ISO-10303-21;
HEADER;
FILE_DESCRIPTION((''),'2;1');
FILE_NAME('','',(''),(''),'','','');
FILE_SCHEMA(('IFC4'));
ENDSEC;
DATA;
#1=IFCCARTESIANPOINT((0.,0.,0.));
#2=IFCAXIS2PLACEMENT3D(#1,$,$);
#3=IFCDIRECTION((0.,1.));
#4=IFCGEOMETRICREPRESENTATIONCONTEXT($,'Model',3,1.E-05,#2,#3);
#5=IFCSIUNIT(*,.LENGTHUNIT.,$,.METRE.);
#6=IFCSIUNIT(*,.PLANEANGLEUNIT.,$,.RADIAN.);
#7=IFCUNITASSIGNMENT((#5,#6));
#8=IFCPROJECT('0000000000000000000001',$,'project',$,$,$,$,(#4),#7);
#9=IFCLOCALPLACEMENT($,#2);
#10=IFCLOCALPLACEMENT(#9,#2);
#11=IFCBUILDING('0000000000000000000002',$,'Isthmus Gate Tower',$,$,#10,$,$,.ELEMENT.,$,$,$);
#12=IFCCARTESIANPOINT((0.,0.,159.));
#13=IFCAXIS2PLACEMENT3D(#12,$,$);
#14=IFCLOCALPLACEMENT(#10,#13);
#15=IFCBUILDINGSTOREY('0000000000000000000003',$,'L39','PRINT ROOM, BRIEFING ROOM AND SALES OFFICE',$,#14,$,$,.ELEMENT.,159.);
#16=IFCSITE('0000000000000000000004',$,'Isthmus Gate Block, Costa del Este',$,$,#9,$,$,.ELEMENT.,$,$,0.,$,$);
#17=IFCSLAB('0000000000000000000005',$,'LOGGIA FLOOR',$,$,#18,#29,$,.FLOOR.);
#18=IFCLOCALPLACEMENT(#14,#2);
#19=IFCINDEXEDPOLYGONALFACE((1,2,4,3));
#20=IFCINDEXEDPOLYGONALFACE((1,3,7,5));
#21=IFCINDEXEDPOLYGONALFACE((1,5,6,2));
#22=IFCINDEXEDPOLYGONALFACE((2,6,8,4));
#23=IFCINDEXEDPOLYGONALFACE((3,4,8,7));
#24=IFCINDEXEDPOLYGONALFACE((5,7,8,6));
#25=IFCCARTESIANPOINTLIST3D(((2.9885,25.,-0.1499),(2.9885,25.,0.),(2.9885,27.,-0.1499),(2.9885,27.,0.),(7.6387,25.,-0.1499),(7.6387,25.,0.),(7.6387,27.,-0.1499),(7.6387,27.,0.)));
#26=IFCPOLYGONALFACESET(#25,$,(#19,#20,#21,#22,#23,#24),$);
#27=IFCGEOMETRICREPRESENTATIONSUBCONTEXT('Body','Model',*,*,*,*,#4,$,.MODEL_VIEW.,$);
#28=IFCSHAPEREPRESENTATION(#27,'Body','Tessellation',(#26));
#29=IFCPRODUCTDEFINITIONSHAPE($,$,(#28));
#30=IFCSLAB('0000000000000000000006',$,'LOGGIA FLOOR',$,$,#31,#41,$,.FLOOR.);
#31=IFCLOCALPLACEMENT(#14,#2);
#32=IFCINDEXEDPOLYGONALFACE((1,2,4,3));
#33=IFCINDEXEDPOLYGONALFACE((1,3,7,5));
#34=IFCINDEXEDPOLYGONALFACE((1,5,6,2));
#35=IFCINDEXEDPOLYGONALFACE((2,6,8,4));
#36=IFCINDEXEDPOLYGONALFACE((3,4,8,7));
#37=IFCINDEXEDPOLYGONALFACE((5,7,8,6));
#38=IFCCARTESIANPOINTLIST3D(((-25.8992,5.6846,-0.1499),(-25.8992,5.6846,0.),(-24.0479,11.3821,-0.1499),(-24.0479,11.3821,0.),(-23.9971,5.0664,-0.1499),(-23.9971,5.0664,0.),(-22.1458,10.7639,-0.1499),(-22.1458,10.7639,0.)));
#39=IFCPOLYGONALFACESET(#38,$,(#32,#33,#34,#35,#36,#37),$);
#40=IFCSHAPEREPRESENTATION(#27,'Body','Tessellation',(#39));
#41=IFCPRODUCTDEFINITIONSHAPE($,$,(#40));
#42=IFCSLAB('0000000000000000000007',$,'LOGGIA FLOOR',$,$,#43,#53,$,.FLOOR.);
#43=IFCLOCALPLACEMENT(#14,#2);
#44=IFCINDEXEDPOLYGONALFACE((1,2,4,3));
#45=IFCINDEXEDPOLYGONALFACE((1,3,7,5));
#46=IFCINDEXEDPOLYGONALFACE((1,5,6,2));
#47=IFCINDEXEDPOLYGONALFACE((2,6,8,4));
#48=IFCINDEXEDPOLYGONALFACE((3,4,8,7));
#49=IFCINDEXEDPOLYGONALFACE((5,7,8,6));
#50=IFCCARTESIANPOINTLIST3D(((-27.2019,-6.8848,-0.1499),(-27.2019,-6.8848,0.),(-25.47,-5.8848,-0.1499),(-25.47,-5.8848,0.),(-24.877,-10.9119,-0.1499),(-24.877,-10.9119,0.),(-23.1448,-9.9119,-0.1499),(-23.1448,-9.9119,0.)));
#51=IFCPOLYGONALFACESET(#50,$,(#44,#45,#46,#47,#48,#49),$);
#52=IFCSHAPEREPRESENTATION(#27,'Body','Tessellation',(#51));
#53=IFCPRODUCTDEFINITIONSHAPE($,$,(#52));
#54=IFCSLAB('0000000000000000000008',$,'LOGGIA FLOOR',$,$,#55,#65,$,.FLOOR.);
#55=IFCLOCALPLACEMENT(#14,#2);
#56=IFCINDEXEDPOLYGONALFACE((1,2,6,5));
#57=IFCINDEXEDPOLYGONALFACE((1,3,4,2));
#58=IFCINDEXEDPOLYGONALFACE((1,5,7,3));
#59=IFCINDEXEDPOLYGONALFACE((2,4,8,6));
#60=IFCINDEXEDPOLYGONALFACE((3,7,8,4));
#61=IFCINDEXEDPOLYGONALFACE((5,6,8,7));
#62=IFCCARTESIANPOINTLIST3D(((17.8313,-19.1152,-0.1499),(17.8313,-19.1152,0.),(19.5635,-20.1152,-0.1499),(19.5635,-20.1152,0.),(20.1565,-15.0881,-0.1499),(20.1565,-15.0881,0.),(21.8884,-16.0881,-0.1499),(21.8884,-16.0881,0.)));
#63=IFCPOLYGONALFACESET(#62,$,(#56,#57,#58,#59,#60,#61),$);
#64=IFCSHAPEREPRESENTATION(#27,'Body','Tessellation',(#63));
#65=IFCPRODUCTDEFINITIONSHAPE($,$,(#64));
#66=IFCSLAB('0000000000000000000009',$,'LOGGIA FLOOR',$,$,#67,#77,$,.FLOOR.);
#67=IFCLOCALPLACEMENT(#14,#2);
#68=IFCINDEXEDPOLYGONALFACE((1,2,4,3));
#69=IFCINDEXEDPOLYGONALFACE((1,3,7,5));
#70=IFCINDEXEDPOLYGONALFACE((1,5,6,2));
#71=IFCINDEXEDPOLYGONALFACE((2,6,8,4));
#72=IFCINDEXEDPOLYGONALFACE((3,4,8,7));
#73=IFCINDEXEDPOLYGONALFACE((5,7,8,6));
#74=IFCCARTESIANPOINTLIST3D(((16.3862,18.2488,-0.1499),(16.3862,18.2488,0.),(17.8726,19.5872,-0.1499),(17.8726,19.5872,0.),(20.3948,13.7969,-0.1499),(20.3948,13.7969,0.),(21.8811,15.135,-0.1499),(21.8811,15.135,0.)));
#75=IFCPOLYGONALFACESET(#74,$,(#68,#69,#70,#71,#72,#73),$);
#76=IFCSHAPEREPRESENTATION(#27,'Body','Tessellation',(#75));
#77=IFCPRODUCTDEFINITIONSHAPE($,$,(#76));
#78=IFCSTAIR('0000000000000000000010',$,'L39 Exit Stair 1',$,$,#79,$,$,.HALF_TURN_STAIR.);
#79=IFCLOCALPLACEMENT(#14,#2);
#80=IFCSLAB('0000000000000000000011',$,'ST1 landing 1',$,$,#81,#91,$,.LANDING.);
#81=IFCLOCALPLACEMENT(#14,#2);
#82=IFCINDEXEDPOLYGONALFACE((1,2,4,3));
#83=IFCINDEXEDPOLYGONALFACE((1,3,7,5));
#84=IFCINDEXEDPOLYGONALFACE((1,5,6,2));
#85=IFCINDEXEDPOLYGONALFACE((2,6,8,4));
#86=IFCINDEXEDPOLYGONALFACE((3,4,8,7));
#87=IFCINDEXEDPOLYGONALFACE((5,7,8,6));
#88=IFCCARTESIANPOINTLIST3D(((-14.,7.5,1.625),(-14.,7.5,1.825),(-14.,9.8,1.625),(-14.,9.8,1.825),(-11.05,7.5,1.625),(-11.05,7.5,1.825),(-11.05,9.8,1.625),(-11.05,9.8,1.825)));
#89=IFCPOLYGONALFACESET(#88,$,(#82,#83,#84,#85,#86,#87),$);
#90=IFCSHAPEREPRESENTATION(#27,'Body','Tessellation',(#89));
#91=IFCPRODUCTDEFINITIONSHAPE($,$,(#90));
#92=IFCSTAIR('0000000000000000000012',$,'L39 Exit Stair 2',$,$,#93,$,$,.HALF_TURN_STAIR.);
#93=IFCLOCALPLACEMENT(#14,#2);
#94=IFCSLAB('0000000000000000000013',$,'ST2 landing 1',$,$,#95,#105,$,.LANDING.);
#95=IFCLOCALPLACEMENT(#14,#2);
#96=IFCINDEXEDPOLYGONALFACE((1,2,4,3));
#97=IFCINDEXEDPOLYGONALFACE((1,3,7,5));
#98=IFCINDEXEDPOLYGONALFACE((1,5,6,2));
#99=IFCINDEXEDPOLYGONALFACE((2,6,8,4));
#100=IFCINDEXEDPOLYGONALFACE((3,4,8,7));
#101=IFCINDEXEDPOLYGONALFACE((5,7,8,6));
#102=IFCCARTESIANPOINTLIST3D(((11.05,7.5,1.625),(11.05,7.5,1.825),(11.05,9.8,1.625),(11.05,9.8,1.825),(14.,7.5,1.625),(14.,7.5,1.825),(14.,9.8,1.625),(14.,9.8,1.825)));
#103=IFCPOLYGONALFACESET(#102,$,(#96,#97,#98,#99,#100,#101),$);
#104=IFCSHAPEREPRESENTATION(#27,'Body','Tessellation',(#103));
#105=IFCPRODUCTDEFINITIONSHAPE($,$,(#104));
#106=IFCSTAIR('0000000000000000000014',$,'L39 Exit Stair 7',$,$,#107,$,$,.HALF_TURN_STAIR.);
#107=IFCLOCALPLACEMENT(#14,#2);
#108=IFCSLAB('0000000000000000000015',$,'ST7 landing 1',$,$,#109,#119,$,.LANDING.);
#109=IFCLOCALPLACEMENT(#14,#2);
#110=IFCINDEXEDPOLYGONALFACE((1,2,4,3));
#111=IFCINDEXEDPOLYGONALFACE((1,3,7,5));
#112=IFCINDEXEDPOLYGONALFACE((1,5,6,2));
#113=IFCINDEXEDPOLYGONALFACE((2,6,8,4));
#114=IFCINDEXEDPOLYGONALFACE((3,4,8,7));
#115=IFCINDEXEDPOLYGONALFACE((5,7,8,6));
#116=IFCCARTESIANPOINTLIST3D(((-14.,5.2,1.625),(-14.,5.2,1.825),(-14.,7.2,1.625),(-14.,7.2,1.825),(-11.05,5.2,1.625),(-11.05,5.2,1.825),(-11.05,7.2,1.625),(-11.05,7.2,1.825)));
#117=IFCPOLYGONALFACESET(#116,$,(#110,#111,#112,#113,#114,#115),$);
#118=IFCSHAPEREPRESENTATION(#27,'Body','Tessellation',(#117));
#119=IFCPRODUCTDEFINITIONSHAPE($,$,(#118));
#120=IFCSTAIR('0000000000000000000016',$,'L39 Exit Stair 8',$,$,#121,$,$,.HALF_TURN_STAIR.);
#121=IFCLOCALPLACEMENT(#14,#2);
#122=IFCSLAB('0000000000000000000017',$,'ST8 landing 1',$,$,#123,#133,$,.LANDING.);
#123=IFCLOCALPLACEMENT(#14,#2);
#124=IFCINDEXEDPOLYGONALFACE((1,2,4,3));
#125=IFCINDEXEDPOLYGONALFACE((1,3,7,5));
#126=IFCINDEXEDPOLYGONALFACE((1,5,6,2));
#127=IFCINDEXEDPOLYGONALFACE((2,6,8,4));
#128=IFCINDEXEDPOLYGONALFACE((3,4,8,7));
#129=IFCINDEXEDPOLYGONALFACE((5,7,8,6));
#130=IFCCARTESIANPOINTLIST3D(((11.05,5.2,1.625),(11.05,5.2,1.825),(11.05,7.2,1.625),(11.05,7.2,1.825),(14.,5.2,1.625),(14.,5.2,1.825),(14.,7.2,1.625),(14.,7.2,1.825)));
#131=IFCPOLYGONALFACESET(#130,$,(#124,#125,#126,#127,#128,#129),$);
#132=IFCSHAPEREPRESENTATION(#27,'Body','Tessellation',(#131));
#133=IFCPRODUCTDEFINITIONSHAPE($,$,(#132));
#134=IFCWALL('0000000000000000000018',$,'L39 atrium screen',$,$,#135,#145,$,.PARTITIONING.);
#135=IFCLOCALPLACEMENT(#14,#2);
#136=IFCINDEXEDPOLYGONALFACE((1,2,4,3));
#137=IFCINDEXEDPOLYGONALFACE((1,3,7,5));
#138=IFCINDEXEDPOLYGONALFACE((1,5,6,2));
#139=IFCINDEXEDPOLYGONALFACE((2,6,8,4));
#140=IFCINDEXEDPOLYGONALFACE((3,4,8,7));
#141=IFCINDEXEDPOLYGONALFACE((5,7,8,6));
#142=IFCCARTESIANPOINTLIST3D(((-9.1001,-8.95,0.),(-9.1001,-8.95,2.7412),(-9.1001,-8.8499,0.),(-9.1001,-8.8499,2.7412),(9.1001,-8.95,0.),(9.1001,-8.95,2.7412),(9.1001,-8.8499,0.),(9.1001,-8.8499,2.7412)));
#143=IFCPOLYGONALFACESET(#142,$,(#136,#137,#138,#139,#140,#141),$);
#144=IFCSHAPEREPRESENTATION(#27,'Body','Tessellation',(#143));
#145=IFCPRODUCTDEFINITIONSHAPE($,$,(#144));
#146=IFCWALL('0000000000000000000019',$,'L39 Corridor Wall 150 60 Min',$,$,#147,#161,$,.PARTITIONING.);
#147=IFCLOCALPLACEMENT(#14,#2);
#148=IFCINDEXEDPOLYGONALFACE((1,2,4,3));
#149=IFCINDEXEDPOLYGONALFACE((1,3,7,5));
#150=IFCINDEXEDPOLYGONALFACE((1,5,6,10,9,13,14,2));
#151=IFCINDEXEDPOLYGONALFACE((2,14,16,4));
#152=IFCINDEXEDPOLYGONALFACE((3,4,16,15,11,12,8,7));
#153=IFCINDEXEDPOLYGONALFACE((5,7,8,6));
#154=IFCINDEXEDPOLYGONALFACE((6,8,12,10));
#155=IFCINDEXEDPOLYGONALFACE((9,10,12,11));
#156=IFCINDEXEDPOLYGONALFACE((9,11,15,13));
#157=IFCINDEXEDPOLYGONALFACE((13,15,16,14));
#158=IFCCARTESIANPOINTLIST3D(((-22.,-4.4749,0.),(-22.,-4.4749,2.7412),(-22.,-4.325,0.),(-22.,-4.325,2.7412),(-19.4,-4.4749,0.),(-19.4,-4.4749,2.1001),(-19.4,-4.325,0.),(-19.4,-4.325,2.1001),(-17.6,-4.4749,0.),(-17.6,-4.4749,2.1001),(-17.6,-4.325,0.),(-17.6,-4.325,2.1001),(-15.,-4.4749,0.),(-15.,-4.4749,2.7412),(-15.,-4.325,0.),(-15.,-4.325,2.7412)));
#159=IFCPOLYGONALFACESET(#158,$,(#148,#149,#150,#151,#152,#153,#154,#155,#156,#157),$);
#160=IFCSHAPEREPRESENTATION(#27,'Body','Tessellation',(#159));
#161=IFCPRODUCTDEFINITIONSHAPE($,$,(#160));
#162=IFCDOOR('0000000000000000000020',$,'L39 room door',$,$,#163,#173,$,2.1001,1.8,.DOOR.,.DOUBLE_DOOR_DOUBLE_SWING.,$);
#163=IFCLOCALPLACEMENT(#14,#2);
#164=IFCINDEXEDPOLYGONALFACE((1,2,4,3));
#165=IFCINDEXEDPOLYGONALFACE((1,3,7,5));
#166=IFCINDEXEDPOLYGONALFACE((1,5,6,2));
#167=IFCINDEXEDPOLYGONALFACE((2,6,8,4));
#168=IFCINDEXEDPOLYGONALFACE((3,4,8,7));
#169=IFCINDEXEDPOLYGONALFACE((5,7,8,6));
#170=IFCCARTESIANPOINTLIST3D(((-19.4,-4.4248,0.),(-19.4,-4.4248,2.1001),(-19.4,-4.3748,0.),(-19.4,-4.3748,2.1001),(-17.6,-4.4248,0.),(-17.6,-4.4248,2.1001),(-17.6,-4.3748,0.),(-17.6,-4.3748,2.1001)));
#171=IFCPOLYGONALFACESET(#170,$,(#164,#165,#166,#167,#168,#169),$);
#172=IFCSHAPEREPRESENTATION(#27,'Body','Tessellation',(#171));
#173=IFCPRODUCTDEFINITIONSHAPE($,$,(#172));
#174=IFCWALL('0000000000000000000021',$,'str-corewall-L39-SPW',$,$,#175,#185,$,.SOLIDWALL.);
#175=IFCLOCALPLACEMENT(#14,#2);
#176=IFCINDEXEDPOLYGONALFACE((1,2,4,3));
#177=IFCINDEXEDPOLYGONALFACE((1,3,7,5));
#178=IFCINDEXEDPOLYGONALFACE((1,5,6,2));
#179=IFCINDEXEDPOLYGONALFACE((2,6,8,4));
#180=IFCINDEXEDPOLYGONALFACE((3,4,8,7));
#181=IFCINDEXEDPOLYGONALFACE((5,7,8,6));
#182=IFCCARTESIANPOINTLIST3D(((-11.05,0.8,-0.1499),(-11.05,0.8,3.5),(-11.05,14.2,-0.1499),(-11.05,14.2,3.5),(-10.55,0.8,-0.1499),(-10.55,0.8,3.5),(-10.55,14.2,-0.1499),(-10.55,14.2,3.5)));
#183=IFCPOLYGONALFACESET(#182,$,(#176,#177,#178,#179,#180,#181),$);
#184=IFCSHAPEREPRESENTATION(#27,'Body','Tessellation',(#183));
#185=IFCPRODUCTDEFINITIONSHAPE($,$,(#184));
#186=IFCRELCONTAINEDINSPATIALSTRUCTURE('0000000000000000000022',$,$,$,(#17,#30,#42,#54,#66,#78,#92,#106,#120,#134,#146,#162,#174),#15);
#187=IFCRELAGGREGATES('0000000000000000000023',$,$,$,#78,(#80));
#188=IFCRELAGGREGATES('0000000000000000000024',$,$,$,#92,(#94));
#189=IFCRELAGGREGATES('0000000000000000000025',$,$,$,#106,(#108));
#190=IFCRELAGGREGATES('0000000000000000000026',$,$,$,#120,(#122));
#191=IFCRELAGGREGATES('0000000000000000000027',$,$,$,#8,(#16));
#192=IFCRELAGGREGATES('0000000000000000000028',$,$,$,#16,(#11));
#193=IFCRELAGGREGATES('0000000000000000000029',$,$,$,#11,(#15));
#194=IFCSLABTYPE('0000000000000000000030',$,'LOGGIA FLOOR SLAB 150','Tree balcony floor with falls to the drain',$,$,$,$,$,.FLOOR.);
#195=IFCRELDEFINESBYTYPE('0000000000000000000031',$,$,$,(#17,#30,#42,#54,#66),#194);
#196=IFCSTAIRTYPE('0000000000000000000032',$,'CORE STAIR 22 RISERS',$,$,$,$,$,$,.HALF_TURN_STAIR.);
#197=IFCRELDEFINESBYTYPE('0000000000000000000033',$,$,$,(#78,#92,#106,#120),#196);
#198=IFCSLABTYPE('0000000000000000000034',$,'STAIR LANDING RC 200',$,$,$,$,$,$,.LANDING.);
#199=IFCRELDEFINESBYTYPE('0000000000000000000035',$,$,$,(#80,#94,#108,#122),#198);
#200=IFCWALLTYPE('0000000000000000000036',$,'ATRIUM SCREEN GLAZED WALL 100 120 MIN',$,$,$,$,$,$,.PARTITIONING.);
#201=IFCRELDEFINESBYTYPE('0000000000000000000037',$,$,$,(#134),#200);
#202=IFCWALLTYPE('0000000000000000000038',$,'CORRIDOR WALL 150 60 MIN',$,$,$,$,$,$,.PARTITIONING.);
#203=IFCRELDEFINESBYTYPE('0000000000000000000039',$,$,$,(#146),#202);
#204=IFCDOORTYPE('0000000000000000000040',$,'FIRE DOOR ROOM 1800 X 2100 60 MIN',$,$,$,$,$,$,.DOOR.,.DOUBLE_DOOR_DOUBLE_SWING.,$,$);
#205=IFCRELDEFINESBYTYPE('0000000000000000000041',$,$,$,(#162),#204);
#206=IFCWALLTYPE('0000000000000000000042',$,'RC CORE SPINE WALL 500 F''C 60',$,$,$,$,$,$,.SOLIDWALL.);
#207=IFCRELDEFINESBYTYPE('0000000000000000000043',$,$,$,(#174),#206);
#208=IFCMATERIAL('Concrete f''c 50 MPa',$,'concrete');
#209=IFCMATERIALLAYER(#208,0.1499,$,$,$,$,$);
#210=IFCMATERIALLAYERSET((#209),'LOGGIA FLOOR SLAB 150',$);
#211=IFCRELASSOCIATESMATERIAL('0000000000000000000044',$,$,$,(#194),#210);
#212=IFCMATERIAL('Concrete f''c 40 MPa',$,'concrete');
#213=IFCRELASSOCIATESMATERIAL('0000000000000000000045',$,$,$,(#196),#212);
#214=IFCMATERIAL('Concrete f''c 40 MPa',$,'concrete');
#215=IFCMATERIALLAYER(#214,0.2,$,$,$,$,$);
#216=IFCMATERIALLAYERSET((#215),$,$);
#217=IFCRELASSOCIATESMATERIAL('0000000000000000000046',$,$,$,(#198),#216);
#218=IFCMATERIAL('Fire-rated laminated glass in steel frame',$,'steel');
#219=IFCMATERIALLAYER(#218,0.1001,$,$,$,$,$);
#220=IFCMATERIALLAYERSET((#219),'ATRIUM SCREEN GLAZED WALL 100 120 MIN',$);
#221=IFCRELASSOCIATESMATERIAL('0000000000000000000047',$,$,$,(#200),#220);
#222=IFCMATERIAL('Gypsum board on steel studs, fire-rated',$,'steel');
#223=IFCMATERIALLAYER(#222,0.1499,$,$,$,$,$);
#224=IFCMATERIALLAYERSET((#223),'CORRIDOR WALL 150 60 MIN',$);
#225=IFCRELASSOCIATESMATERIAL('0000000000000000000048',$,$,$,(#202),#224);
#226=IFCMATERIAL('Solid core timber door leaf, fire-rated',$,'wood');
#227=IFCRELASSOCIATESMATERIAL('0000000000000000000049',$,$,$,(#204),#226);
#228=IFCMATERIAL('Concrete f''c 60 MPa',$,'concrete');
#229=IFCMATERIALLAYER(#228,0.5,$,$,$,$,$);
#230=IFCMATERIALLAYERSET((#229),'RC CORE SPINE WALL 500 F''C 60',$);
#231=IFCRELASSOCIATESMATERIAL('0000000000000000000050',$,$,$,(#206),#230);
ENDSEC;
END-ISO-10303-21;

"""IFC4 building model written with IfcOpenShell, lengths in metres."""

from ifc_helpers import new_model, si_unit, direction, frame, frame_2d, origin, place, context, subcontext, project, spatial, polyline, rectangle, outline, extrude, material, layer, layer_set, type_object, element, fill, aggregate, save


model = new_model("IFC4")

# Units and contexts
model_context = context("Model", 3, precision=1e-05, world=origin(), true_north=direction((0.0, 1.0)))
body_context = subcontext(model_context, "Body", "Model", "MODEL_VIEW")
ifc_project = project(units=[si_unit("LENGTHUNIT", "METRE"), si_unit("PLANEANGLEUNIT", "RADIAN")], contexts=[model_context])

# Site, building, storey
site_placement = place(None, origin())
site = spatial("IfcSite", under=ifc_project, at=site_placement, Name="Isthmus Gate Block, Costa del Este", CompositionType="ELEMENT", RefElevation=0.0)
building_placement = place(site_placement, origin())
building = spatial("IfcBuilding", under=site, at=building_placement, Name="Isthmus Gate Tower", CompositionType="ELEMENT")
storey_placement = place(building_placement, frame((0.0, 0.0, 159.0)))
storey = spatial("IfcBuildingStorey", under=building, at=storey_placement, Name="L39", Description="PRINT ROOM, BRIEFING ROOM AND SALES OFFICE", CompositionType="ELEMENT", Elevation=159.0)

# Slabs
ifc_material_1 = material(Name="Concrete f'c 50 MPa", Category="concrete")
ifc_layer_1 = layer(ifc_material_1, 0.1499)
ifc_layer_set_1 = layer_set([ifc_layer_1], Name="LOGGIA FLOOR SLAB 150")
slab_type_1 = type_object("IfcSlabType", Name="LOGGIA FLOOR SLAB 150", Description="Tree balcony floor with falls to the drain", PredefinedType="FLOOR", material=ifc_layer_set_1)
slab_1_placement = place(storey_placement, frame((0.0, 0.0, -0.1499)))
element("IfcSlab", 1, at=slab_1_placement, inside=storey, type_object=slab_type_1, Name="LOGGIA FLOOR", PredefinedType="FLOOR", context=body_context, shape_type="SweptSolid", body=[
    extrude(outline(polyline([(7.6387, 27.0), (2.9885, 27.0), (2.9885, 25.0), (7.6387, 25.0), (7.6387, 27.0)])), origin(), (0.0, 0.0, 1.0), 0.1499),
])
slab_2_placement = place(storey_placement, frame((0.0, 0.0, -0.1499)))
element("IfcSlab", 2, at=slab_2_placement, inside=storey, type_object=slab_type_1, Name="LOGGIA FLOOR", PredefinedType="FLOOR", context=body_context, shape_type="SweptSolid", body=[
    extrude(outline(polyline([(-24.0479, 11.3821), (-25.8992, 5.6846), (-23.9971, 5.0664), (-22.1458, 10.7639), (-24.0479, 11.3821)])), origin(), (0.0, 0.0, 1.0), 0.1499),
])
slab_3_placement = place(storey_placement, frame((0.0, 0.0, -0.1499)))
element("IfcSlab", 3, at=slab_3_placement, inside=storey, type_object=slab_type_1, Name="LOGGIA FLOOR", PredefinedType="FLOOR", context=body_context, shape_type="SweptSolid", body=[
    extrude(outline(polyline([(-27.2019, -6.8848), (-24.877, -10.9119), (-23.1448, -9.9119), (-25.47, -5.8848), (-27.2019, -6.8848)])), origin(), (0.0, 0.0, 1.0), 0.1499),
])
slab_4_placement = place(storey_placement, frame((0.0, 0.0, -0.1499)))
element("IfcSlab", 4, at=slab_4_placement, inside=storey, type_object=slab_type_1, Name="LOGGIA FLOOR", PredefinedType="FLOOR", context=body_context, shape_type="SweptSolid", body=[
    extrude(outline(polyline([(19.5635, -20.1152), (21.8884, -16.0881), (20.1565, -15.0881), (17.8313, -19.1152), (19.5635, -20.1152)])), origin(), (0.0, 0.0, 1.0), 0.1499),
])
slab_5_placement = place(storey_placement, frame((0.0, 0.0, -0.1499)))
element("IfcSlab", 5, at=slab_5_placement, inside=storey, type_object=slab_type_1, Name="LOGGIA FLOOR", PredefinedType="FLOOR", context=body_context, shape_type="SweptSolid", body=[
    extrude(outline(polyline([(21.8811, 15.135), (17.8726, 19.5872), (16.3862, 18.2488), (20.3948, 13.7969), (21.8811, 15.135)])), origin(), (0.0, 0.0, 1.0), 0.1499),
])

# Stairs, slabs
ifc_material_2 = material(Name="Concrete f'c 40 MPa", Category="concrete")
stair_type = type_object("IfcStairType", Name="CORE STAIR 22 RISERS", PredefinedType="HALF_TURN_STAIR", material=ifc_material_2)
stair_1_placement = place(storey_placement, origin())
stair_1 = element("IfcStair", 6, at=stair_1_placement, inside=storey, type_object=stair_type, Name="L39 Exit Stair 1", PredefinedType="HALF_TURN_STAIR")
ifc_material_3 = material(Name="Concrete f'c 40 MPa", Category="concrete")
ifc_layer_2 = layer(ifc_material_3, 0.2)
ifc_layer_set_2 = layer_set([ifc_layer_2])
slab_type_2 = type_object("IfcSlabType", Name="STAIR LANDING RC 200", PredefinedType="LANDING", material=ifc_layer_set_2)
slab_6_placement = place(storey_placement, frame((0.0, 0.0, 1.625)))
slab_6 = element("IfcSlab", 7, at=slab_6_placement, type_object=slab_type_2, Name="ST1 landing 1", PredefinedType="LANDING", context=body_context, shape_type="SweptSolid", body=[
    extrude(outline(polyline([(-14.0, 9.8), (-14.0, 7.5), (-11.05, 7.5), (-11.05, 9.8), (-14.0, 9.8)])), origin(), (0.0, 0.0, 1.0), 0.2),
])
aggregate(stair_1, [slab_6])
stair_2_placement = place(storey_placement, origin())
stair_2 = element("IfcStair", 8, at=stair_2_placement, inside=storey, type_object=stair_type, Name="L39 Exit Stair 2", PredefinedType="HALF_TURN_STAIR")
slab_7_placement = place(storey_placement, frame((0.0, 0.0, 1.625)))
slab_7 = element("IfcSlab", 9, at=slab_7_placement, type_object=slab_type_2, Name="ST2 landing 1", PredefinedType="LANDING", context=body_context, shape_type="SweptSolid", body=[
    extrude(outline(polyline([(11.05, 9.8), (11.05, 7.5), (14.0, 7.5), (14.0, 9.8), (11.05, 9.8)])), origin(), (0.0, 0.0, 1.0), 0.2),
])
aggregate(stair_2, [slab_7])
stair_3_placement = place(storey_placement, origin())
stair_3 = element("IfcStair", 10, at=stair_3_placement, inside=storey, type_object=stair_type, Name="L39 Exit Stair 7", PredefinedType="HALF_TURN_STAIR")
slab_8_placement = place(storey_placement, frame((0.0, 0.0, 1.625)))
slab_8 = element("IfcSlab", 11, at=slab_8_placement, type_object=slab_type_2, Name="ST7 landing 1", PredefinedType="LANDING", context=body_context, shape_type="SweptSolid", body=[
    extrude(outline(polyline([(-11.05, 5.2), (-11.05, 7.2), (-14.0, 7.2), (-14.0, 5.2), (-11.05, 5.2)])), origin(), (0.0, 0.0, 1.0), 0.2),
])
aggregate(stair_3, [slab_8])
stair_4_placement = place(storey_placement, origin())
stair_4 = element("IfcStair", 12, at=stair_4_placement, inside=storey, type_object=stair_type, Name="L39 Exit Stair 8", PredefinedType="HALF_TURN_STAIR")
slab_9_placement = place(storey_placement, frame((0.0, 0.0, 1.625)))
slab_9 = element("IfcSlab", 13, at=slab_9_placement, type_object=slab_type_2, Name="ST8 landing 1", PredefinedType="LANDING", context=body_context, shape_type="SweptSolid", body=[
    extrude(outline(polyline([(14.0, 5.2), (14.0, 7.2), (11.05, 7.2), (11.05, 5.2), (14.0, 5.2)])), origin(), (0.0, 0.0, 1.0), 0.2),
])
aggregate(stair_4, [slab_9])

# Wall
ifc_material_4 = material(Name="Fire-rated laminated glass in steel frame", Category="steel")
ifc_layer_3 = layer(ifc_material_4, 0.1001)
ifc_layer_set_3 = layer_set([ifc_layer_3], Name="ATRIUM SCREEN GLAZED WALL 100 120 MIN")
wall_type_1 = type_object("IfcWallType", Name="ATRIUM SCREEN GLAZED WALL 100 120 MIN", PredefinedType="PARTITIONING", material=ifc_layer_set_3)
wall_1_placement = place(storey_placement, frame((-9.1001, -8.8999, 0.0), z_axis=(0.0, 0.0, 1.0), x_axis=(1.0, 0.0, 0.0)))
element("IfcWall", 14, at=wall_1_placement, inside=storey, type_object=wall_type_1, Name="L39 atrium screen", PredefinedType="PARTITIONING", context=body_context, shape_type="SweptSolid", body=[
    extrude(rectangle(XDim=18.2002, YDim=0.1001, at=frame_2d((9.1001, 0.0))), origin(), (0.0, 0.0, 1.0), 2.7412),
])

# Wall, opening, door
ifc_material_5 = material(Name="Gypsum board on steel studs, fire-rated", Category="steel")
ifc_layer_4 = layer(ifc_material_5, 0.1499)
ifc_layer_set_4 = layer_set([ifc_layer_4], Name="CORRIDOR WALL 150 60 MIN")
wall_type_2 = type_object("IfcWallType", Name="CORRIDOR WALL 150 60 MIN", PredefinedType="PARTITIONING", material=ifc_layer_set_4)
wall_2_placement = place(storey_placement, frame((-15.0, -4.3999, 0.0), z_axis=(0.0, 0.0, 1.0), x_axis=(-1.0, 0.0, 0.0)))
wall_2 = element("IfcWall", 15, at=wall_2_placement, inside=storey, type_object=wall_type_2, Name="L39 Corridor Wall 150 60 Min", PredefinedType="PARTITIONING", context=body_context, shape_type="SweptSolid", body=[
    extrude(rectangle(XDim=7.0, YDim=0.1499, at=frame_2d((3.5, 0.0))), origin(), (0.0, 0.0, 1.0), 2.7412),
])
opening_1_placement = place(wall_2_placement, frame((2.6001, 0.0, 0.0)))
opening_1 = element("IfcOpeningElement", 16, at=opening_1_placement, cuts=wall_2, PredefinedType="OPENING", context=body_context, shape_type="SweptSolid", body=[
    extrude(rectangle(XDim=1.8, YDim=2.1001, at=frame_2d((0.8999, 1.05))), frame((0.0, 0.085, 0.0), z_axis=(0.0, -1.0, 0.0), x_axis=(1.0, 0.0, 0.0)), (0.0, 0.0, 1.0), 0.1699),
])
ifc_material_6 = material(Name="Solid core timber door leaf, fire-rated", Category="wood")
door_type_1 = type_object("IfcDoorType", Name="FIRE DOOR ROOM 1800 X 2100 60 MIN", OperationType="DOUBLE_DOOR_DOUBLE_SWING", PredefinedType="DOOR", material=ifc_material_6)
door_1_placement = place(opening_1_placement, origin())
door_1 = element("IfcDoor", 17, at=door_1_placement, inside=storey, type_object=door_type_1, Name="L39 room door", OperationType="DOUBLE_DOOR_DOUBLE_SWING", OverallHeight=2.1001, OverallWidth=1.8, PredefinedType="DOOR", context=body_context, shape_type="SweptSolid", body=[
    extrude(rectangle(XDim=1.8, YDim=2.1001, at=frame_2d((0.8999, 1.05))), frame((0.0, 0.0249, 0.0), z_axis=(0.0, -1.0, 0.0), x_axis=(1.0, 0.0, 0.0)), (0.0, 0.0, 1.0), 0.05),
])
fill(opening_1, door_1)

# Wall
ifc_material_7 = material(Name="Concrete f'c 60 MPa", Category="concrete")
ifc_layer_5 = layer(ifc_material_7, 0.5)
ifc_layer_set_5 = layer_set([ifc_layer_5], Name="RC CORE SPINE WALL 500 F'C 60")
wall_type_3 = type_object("IfcWallType", Name="RC CORE SPINE WALL 500 F'C 60", PredefinedType="SOLIDWALL", material=ifc_layer_set_5)
wall_3_placement = place(storey_placement, frame((-10.8, 0.8, -0.1499), z_axis=(0.0, 0.0, 1.0), x_axis=(0.0, 1.0, 0.0)))
element("IfcWall", 18, at=wall_3_placement, inside=storey, type_object=wall_type_3, Name="str-corewall-L39-SPW", PredefinedType="SOLIDWALL", context=body_context, shape_type="SweptSolid", body=[
    extrude(rectangle(XDim=13.3999, YDim=0.5, at=frame_2d((6.7, 0.0))), origin(), (0.0, 0.0, 1.0), 3.6499),
])

save(model, "model.ifc")
